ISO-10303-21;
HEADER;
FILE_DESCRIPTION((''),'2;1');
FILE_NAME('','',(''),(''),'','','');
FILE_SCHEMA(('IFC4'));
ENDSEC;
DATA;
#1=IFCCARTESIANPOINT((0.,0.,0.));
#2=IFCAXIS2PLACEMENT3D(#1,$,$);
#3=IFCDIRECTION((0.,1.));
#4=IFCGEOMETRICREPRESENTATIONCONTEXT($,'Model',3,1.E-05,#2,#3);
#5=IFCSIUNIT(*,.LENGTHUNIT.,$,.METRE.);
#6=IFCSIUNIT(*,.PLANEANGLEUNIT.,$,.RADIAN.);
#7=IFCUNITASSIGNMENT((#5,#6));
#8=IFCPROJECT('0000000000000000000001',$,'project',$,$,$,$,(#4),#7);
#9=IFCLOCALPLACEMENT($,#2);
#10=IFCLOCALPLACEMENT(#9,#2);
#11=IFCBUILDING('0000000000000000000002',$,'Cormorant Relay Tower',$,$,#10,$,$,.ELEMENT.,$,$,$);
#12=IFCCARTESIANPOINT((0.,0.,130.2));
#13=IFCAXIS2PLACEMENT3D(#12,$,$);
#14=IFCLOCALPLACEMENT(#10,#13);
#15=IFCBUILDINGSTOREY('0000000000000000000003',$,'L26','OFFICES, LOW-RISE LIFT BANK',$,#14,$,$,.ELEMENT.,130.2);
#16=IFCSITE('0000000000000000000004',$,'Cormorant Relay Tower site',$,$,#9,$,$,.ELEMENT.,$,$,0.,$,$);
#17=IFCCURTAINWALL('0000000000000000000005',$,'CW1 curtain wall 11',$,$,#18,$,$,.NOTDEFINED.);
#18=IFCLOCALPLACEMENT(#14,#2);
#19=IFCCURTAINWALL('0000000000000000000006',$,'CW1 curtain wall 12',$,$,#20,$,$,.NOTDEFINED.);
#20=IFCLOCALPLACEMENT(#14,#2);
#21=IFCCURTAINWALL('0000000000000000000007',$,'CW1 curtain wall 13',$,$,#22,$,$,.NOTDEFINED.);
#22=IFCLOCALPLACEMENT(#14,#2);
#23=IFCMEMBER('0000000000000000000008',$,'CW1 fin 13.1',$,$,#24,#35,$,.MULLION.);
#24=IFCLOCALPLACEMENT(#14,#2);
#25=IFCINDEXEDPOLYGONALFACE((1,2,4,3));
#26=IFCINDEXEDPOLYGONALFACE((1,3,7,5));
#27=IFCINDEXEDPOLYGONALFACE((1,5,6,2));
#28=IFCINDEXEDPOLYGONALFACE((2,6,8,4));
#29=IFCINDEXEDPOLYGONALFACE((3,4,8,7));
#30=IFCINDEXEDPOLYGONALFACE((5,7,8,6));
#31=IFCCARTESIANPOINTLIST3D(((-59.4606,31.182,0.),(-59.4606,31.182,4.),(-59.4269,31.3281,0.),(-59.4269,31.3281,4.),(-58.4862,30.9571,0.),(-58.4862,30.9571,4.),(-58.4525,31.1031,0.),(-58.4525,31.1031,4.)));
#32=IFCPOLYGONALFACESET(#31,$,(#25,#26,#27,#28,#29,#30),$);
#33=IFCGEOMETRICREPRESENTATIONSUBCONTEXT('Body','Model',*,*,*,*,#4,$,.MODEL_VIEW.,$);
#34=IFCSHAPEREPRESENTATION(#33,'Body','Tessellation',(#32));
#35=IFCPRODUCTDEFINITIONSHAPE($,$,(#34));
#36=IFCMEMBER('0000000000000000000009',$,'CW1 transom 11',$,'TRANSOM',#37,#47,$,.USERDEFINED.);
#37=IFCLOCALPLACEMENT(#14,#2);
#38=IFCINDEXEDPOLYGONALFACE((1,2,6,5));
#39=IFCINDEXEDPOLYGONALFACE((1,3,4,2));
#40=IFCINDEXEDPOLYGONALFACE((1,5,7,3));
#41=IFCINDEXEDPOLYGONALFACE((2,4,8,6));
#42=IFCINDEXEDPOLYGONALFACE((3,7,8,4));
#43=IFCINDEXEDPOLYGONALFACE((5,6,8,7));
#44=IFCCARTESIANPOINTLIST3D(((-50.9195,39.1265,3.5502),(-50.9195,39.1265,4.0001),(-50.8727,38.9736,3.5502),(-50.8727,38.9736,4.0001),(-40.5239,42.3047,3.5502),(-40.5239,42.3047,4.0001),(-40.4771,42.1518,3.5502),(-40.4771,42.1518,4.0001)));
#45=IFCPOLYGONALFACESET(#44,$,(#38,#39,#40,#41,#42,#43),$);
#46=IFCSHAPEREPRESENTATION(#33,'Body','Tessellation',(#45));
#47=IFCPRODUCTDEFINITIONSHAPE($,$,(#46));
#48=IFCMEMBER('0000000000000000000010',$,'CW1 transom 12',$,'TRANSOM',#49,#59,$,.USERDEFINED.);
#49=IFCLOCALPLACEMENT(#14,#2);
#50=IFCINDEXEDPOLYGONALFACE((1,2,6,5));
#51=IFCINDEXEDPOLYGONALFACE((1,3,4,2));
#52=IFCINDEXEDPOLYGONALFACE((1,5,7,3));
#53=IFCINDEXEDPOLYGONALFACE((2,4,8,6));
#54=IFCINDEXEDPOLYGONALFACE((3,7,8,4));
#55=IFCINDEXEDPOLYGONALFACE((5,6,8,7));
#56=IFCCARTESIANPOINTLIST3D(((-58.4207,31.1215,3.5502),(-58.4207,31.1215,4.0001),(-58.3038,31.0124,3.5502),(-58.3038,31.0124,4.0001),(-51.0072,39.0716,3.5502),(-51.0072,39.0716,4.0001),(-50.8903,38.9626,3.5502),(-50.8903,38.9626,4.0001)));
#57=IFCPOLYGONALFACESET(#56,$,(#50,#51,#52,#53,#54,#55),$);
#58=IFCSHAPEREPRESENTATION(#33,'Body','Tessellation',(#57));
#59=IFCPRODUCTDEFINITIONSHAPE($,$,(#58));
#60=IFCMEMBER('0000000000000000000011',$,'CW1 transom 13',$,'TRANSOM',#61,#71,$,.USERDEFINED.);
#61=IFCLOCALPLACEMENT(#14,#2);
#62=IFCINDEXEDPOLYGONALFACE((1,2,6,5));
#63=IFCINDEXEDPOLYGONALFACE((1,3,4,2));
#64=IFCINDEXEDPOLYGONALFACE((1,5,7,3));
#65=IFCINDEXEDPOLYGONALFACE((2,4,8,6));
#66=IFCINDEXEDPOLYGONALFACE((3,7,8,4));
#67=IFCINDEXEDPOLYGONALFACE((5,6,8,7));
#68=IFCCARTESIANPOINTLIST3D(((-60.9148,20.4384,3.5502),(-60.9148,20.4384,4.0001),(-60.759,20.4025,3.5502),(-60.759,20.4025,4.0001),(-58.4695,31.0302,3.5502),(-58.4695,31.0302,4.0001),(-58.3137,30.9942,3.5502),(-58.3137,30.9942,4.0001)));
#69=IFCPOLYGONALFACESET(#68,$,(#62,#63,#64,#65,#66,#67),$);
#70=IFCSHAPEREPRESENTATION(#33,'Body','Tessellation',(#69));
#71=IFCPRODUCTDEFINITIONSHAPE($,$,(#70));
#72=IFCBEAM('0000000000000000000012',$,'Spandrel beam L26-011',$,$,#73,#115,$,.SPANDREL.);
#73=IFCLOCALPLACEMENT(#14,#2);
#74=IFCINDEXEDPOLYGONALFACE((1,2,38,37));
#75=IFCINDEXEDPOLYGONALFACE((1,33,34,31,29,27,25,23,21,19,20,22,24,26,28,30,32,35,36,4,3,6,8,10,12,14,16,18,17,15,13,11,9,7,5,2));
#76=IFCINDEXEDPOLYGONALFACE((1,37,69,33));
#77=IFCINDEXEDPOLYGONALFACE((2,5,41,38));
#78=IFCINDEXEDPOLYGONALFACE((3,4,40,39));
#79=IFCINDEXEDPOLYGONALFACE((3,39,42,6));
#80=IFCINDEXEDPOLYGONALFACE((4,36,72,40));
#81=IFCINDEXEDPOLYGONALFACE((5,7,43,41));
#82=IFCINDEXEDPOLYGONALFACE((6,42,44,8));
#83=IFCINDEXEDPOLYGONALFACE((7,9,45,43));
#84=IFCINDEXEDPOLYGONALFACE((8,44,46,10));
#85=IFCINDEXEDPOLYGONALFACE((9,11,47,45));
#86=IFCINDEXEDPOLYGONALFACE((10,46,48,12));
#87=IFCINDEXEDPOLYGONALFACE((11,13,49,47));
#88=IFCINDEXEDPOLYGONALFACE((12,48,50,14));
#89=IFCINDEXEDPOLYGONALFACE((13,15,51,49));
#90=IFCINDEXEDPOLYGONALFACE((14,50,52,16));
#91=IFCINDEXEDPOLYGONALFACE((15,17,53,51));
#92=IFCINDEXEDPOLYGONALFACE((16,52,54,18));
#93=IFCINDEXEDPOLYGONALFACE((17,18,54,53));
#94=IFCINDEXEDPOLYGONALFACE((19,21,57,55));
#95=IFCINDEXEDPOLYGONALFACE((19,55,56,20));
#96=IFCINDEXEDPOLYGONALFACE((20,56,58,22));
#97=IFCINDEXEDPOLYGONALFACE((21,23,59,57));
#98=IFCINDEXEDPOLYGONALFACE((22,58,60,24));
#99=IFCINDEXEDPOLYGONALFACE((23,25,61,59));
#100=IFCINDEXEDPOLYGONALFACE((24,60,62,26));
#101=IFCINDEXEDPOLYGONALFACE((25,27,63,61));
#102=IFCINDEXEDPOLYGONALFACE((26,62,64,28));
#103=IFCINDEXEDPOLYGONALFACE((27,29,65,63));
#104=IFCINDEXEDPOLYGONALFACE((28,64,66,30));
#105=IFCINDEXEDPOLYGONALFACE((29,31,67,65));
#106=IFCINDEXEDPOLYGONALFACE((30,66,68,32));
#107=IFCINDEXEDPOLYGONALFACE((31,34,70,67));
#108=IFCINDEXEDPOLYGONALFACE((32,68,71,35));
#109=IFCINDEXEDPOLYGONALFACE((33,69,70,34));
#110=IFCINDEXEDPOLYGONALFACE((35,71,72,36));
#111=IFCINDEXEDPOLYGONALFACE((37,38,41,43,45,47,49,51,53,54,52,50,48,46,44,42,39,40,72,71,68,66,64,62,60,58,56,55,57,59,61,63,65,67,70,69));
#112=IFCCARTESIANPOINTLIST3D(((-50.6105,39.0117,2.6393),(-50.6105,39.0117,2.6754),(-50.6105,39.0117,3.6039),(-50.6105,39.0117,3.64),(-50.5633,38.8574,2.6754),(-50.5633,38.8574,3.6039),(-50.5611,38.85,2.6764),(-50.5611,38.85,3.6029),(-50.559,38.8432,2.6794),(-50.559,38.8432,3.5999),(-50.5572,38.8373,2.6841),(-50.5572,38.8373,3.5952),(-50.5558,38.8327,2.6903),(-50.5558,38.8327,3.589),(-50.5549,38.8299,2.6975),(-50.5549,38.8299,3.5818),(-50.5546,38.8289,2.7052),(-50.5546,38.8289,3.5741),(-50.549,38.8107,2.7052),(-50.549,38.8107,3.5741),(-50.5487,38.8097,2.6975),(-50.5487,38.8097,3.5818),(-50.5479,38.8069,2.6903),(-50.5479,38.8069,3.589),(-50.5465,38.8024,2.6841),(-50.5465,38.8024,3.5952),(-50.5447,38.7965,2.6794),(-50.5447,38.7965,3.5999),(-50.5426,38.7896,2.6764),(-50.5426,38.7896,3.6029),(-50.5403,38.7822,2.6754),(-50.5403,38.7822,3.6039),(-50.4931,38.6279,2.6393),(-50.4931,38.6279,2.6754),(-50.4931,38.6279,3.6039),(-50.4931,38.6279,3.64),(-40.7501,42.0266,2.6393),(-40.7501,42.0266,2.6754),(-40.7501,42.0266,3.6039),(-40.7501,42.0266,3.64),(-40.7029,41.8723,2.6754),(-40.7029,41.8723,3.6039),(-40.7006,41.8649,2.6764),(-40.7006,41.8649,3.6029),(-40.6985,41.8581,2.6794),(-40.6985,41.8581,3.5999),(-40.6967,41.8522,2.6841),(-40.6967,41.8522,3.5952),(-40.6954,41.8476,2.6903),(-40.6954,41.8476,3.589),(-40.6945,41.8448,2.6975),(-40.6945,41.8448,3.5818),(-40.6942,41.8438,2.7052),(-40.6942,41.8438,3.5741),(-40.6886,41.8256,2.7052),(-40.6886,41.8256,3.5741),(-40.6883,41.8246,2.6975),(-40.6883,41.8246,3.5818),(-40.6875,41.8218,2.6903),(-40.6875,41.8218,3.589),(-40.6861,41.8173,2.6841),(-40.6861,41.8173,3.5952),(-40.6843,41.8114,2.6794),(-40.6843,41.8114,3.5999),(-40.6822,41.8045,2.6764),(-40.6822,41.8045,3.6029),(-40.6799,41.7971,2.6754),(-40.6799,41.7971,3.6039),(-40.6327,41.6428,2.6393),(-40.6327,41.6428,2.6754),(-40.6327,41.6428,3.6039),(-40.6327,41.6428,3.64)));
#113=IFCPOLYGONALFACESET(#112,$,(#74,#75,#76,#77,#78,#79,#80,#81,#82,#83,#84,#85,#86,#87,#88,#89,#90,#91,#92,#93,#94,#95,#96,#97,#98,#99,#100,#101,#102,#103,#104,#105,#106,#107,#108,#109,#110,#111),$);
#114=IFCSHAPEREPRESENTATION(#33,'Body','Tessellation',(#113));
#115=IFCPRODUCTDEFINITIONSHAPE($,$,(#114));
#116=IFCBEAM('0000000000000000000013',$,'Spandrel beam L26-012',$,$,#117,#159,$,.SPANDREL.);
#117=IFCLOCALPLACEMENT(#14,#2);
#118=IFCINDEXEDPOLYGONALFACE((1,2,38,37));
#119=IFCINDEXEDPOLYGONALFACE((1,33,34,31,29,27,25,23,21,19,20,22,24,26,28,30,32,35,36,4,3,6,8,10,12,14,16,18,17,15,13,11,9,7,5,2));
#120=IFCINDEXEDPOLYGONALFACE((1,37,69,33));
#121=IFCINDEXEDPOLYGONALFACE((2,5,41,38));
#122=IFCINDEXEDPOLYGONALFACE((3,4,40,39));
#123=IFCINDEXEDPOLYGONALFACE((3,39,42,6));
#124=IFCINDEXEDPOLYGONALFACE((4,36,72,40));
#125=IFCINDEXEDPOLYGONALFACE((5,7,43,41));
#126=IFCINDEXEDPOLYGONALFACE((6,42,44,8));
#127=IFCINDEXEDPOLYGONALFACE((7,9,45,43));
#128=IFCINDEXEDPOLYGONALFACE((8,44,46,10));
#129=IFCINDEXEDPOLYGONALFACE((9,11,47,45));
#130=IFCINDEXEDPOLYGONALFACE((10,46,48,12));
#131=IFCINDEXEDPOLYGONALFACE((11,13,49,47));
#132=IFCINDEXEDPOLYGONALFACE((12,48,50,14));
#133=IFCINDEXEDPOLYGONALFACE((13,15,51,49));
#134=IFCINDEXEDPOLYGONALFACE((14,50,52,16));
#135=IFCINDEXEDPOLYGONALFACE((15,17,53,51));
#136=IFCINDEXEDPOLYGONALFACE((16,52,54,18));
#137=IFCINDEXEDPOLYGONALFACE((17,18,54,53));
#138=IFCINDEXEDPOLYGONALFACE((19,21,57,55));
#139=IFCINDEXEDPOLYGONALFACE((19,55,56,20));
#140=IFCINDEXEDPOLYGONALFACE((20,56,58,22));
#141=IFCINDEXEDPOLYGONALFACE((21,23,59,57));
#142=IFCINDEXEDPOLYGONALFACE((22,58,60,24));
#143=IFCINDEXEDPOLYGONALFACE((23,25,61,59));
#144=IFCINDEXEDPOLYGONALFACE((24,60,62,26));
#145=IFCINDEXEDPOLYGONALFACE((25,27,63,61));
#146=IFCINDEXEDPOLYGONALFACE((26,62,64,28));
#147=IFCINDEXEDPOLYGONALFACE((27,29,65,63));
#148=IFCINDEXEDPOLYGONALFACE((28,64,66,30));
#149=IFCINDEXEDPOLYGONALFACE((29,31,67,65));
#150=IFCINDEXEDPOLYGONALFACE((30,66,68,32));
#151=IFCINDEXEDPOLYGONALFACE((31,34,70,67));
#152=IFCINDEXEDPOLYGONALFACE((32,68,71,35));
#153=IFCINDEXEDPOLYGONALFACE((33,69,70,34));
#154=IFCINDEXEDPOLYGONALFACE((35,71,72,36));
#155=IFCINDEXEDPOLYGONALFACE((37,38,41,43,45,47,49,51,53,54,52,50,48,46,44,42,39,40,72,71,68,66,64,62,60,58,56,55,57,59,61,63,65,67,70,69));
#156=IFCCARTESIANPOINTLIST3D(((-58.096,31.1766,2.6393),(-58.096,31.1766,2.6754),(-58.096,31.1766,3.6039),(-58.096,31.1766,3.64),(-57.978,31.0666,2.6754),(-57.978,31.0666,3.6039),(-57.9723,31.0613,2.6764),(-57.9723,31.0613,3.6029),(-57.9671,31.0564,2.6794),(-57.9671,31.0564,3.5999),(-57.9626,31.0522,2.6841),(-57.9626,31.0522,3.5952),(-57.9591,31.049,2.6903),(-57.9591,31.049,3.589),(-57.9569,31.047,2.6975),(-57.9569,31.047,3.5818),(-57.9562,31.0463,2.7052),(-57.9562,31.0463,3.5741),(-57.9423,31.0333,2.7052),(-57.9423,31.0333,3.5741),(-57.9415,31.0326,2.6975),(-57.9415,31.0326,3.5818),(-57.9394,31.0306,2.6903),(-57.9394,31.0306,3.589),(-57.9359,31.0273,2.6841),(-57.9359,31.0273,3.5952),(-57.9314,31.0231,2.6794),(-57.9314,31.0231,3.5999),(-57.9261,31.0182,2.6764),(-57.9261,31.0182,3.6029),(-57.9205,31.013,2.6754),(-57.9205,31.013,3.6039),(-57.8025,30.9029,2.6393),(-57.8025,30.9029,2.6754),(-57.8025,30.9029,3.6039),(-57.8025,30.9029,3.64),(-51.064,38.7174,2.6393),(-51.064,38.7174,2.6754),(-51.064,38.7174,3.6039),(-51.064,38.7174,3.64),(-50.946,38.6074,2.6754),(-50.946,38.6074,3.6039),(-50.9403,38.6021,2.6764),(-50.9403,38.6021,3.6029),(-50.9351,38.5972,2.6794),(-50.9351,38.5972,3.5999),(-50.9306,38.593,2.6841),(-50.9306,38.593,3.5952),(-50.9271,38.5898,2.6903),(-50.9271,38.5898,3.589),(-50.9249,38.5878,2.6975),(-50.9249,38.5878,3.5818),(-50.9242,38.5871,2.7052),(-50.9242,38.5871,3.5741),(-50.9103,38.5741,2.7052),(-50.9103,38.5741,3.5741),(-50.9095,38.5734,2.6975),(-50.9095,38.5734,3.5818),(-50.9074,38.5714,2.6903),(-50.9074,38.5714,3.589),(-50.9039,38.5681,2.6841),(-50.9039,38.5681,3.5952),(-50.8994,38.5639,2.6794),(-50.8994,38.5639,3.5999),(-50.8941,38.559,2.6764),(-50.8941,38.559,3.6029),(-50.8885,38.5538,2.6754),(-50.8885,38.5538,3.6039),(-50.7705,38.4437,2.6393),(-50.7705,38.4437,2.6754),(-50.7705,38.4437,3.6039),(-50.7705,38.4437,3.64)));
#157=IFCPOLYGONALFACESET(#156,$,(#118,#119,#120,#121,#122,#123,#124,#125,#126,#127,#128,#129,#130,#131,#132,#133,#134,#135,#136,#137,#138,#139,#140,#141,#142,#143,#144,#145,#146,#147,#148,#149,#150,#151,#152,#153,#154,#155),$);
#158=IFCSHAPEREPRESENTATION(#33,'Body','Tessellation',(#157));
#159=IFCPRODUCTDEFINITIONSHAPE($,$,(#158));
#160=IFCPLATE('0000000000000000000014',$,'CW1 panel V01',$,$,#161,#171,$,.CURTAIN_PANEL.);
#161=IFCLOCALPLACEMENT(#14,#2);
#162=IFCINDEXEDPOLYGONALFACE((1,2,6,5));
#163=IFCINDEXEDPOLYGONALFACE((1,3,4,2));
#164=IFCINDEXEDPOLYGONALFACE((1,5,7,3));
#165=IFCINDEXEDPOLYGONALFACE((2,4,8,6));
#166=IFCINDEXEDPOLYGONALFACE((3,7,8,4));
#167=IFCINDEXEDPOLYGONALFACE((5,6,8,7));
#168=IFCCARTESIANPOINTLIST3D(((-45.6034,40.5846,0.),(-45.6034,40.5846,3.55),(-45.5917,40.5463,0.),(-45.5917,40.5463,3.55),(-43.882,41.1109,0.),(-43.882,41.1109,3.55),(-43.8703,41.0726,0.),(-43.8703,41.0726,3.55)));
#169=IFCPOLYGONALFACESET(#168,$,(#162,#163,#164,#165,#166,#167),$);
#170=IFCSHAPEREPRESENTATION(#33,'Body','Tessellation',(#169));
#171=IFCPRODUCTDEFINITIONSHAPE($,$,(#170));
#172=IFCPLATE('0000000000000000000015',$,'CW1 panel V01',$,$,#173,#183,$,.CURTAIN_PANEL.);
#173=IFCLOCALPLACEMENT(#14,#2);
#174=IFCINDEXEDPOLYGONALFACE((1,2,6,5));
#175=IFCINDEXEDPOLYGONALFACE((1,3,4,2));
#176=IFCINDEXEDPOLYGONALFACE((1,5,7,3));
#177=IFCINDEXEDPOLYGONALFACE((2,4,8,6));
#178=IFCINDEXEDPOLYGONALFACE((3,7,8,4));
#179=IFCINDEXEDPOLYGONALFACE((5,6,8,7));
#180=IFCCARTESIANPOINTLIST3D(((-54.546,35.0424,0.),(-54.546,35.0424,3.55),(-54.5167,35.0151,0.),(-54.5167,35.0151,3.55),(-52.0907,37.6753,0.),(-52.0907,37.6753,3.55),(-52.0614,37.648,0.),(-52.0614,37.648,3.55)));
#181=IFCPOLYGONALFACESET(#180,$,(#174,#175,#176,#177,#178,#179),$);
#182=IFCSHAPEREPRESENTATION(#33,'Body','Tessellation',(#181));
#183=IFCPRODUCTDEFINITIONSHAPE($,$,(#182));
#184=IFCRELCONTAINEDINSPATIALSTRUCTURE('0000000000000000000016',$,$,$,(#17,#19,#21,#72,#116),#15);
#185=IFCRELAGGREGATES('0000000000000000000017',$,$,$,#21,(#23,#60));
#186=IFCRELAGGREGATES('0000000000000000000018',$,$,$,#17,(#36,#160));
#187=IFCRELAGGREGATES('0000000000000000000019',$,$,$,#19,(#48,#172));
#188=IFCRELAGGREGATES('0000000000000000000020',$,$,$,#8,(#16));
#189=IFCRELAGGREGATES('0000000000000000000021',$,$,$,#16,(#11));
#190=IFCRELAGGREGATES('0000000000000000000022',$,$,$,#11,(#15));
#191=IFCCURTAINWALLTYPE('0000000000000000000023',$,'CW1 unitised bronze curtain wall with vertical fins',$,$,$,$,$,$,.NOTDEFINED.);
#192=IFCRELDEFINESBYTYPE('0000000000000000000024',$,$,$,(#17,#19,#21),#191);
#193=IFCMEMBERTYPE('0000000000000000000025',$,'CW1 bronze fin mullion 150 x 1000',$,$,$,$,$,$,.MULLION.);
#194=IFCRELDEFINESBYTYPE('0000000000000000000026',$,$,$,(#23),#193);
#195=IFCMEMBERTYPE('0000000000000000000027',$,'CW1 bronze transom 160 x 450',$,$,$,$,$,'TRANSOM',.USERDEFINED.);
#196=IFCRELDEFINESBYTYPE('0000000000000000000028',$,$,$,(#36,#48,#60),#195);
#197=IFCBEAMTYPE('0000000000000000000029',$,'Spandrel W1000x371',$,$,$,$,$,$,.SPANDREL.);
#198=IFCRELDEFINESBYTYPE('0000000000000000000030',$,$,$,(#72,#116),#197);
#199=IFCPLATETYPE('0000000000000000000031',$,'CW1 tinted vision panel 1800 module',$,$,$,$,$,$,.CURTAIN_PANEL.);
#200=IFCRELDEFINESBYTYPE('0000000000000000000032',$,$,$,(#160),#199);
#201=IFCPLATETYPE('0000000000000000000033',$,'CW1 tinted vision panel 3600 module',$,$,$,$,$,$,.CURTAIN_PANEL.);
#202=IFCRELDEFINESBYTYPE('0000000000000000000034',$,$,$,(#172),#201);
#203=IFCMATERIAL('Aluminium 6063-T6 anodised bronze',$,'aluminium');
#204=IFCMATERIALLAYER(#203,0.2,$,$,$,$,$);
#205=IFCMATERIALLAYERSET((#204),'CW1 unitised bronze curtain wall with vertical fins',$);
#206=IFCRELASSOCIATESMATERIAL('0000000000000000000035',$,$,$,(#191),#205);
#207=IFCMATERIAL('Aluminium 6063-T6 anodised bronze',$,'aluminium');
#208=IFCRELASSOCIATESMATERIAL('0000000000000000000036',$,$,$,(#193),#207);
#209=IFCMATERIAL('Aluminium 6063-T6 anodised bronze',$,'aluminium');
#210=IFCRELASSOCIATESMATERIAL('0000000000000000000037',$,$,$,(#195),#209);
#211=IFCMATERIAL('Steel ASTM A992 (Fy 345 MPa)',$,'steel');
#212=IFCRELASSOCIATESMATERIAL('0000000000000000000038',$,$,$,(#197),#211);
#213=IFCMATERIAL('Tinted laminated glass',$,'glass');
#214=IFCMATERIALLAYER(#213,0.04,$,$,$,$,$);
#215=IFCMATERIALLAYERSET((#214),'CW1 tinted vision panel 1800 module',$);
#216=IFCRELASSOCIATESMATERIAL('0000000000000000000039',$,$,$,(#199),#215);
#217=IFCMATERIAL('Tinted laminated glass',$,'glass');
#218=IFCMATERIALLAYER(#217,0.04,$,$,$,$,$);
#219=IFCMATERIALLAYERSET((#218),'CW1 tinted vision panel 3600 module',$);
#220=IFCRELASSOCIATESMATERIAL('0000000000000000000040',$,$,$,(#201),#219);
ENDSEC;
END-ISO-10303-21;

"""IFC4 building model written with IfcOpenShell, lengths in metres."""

from ifc_helpers import new_model, si_unit, direction, frame, origin, origin_2d, place, context, subcontext, project, spatial, rectangle, i_section, extrude, material, layer, layer_set, material_profile, profile_set, type_object, element, aggregate, save


model = new_model("IFC4")

# Units and contexts
model_context = context("Model", 3, precision=1e-05, world=origin(), true_north=direction((0.0, 1.0)))
body_context = subcontext(model_context, "Body", "Model", "MODEL_VIEW")
ifc_project = project(units=[si_unit("LENGTHUNIT", "METRE"), si_unit("PLANEANGLEUNIT", "RADIAN")], contexts=[model_context])

# Site, building, storey
site_placement = place(None, origin())
site = spatial("IfcSite", under=ifc_project, at=site_placement, Name="Cormorant Relay Tower site", CompositionType="ELEMENT", RefElevation=0.0)
building_placement = place(site_placement, origin())
building = spatial("IfcBuilding", under=site, at=building_placement, Name="Cormorant Relay Tower", CompositionType="ELEMENT")
storey_placement = place(building_placement, frame((0.0, 0.0, 130.2)))
storey = spatial("IfcBuildingStorey", under=building, at=storey_placement, Name="L26", Description="OFFICES, LOW-RISE LIFT BANK", CompositionType="ELEMENT", Elevation=130.2)

# Curtain walls
ifc_material_1 = material(Name="Aluminium 6063-T6 anodised bronze", Category="aluminium")
ifc_layer_1 = layer(ifc_material_1, 0.2)
ifc_layer_set_1 = layer_set([ifc_layer_1], Name="CW1 unitised bronze curtain wall with vertical fins")
curtain_wall_type = type_object("IfcCurtainWallType", Name="CW1 unitised bronze curtain wall with vertical fins", PredefinedType="NOTDEFINED", material=ifc_layer_set_1)
curtain_wall_1_placement = place(storey_placement, origin())
curtain_wall_1 = element("IfcCurtainWall", 1, at=curtain_wall_1_placement, inside=storey, type_object=curtain_wall_type, Name="CW1 curtain wall 11", PredefinedType="NOTDEFINED")
ifc_material_2 = material(Name="Aluminium 6063-T6 anodised bronze", Category="aluminium")
ifc_material_profile_1 = material_profile(ifc_material_2, rectangle(XDim=0.1499, YDim=1.0, at=origin_2d()), Name="AL 150x1000")
ifc_profile_set_1 = profile_set([ifc_material_profile_1], Name="Aluminium 6063-T6 anodised bronze")
member_type_1 = type_object("IfcMemberType", Name="CW1 bronze fin mullion 150 x 1000", PredefinedType="MULLION", material=ifc_profile_set_1)
curtain_wall_2_placement = place(storey_placement, origin())
curtain_wall_2 = element("IfcCurtainWall", 2, at=curtain_wall_2_placement, inside=storey, type_object=curtain_wall_type, Name="CW1 curtain wall 12", PredefinedType="NOTDEFINED")

# Curtain wall, member
curtain_wall_3_placement = place(storey_placement, origin())
curtain_wall_3 = element("IfcCurtainWall", 3, at=curtain_wall_3_placement, inside=storey, type_object=curtain_wall_type, Name="CW1 curtain wall 13", PredefinedType="NOTDEFINED")
member_1_placement = place(storey_placement, frame((-58.9565, 31.1426, 0.0), z_axis=(0.0, 0.0, 1.0), x_axis=(-0.224951, -0.97437, 0.0)))
member_1 = element("IfcMember", 4, at=member_1_placement, type_object=member_type_1, Name="CW1 fin 13.1", PredefinedType="MULLION", context=body_context, shape_type="SweptSolid", body=[
    extrude(rectangle(XDim=0.1499, YDim=1.0, at=origin_2d()), origin(), (0.0, 0.0, 1.0), 4.0),
])

# Members
ifc_material_3 = material(Name="Aluminium 6063-T6 anodised bronze", Category="aluminium")
ifc_material_profile_2 = material_profile(ifc_material_3, rectangle(XDim=0.1599, YDim=0.45, at=origin_2d()), Name="AL 160x450")
ifc_profile_set_2 = profile_set([ifc_material_profile_2], Name="Aluminium 6063-T6 anodised bronze")
member_type_2 = type_object("IfcMemberType", Name="CW1 bronze transom 160 x 450", ElementType="TRANSOM", PredefinedType="USERDEFINED", material=ifc_profile_set_2)
member_2_placement = place(storey_placement, frame((-40.5005, 42.2283, 3.7751), z_axis=(-0.956305, -0.292371, 0.0), x_axis=(0.292371, -0.956305, 0.0)))
member_2 = element("IfcMember", 5, at=member_2_placement, type_object=member_type_2, Name="CW1 transom 11", ObjectType="TRANSOM", PredefinedType="USERDEFINED", context=body_context, shape_type="SweptSolid", body=[
    extrude(rectangle(XDim=0.1599, YDim=0.45, at=origin_2d()), origin(), (0.0, 0.0, 1.0), 10.8706),
])
member_3_placement = place(storey_placement, frame((-50.9487, 39.0171, 3.7751), z_axis=(-0.681993, -0.731358, 0.0), x_axis=(0.731358, -0.681993, 0.0)))
member_3 = element("IfcMember", 6, at=member_3_placement, type_object=member_type_2, Name="CW1 transom 12", ObjectType="TRANSOM", PredefinedType="USERDEFINED", context=body_context, shape_type="SweptSolid", body=[
    extrude(rectangle(XDim=0.1599, YDim=0.45, at=origin_2d()), origin(), (0.0, 0.0, 1.0), 10.8704),
])
member_4_placement = place(storey_placement, frame((-58.3916, 31.0122, 3.7751), z_axis=(-0.224951, -0.97437, 0.0), x_axis=(0.97437, -0.224951, 0.0)))
member_4 = element("IfcMember", 7, at=member_4_placement, type_object=member_type_2, Name="CW1 transom 13", ObjectType="TRANSOM", PredefinedType="USERDEFINED", context=body_context, shape_type="SweptSolid", body=[
    extrude(rectangle(XDim=0.1599, YDim=0.45, at=origin_2d()), origin(), (0.0, 0.0, 1.0), 10.8704),
])
aggregate(curtain_wall_3, [member_1, member_4])

# Beams
ifc_material_4 = material(Name="Steel ASTM A992 (Fy 345 MPa)", Category="steel")
ifc_material_profile_3 = material_profile(ifc_material_4, i_section(OverallWidth=0.4014, OverallDepth=1.0007, WebThickness=0.019, FlangeThickness=0.0361, FilletRadius=0.0298, at=origin_2d()), Name="W1000x371")
ifc_profile_set_3 = profile_set([ifc_material_profile_3], Name="Steel ASTM A992 (Fy 345 MPa)")
beam_type = type_object("IfcBeamType", Name="Spandrel W1000x371", PredefinedType="SPANDREL", material=ifc_profile_set_3)
beam_1_placement = place(storey_placement, frame((-40.6914, 41.8347, 3.1396), z_axis=(-0.956297, -0.292397, 0.0), x_axis=(0.292397, -0.956297, 0.0)))
element("IfcBeam", 8, at=beam_1_placement, inside=storey, type_object=beam_type, Name="Spandrel beam L26-011", PredefinedType="SPANDREL", context=body_context, shape_type="SweptSolid", body=[
    extrude(i_section(OverallWidth=0.4014, OverallDepth=1.0007, WebThickness=0.019, FlangeThickness=0.0361, FilletRadius=0.0298, at=origin_2d()), origin(), (0.0, 0.0, 1.0), 10.311),
])
beam_2_placement = place(storey_placement, frame((-50.9172, 38.5806, 3.1396), z_axis=(-0.682004, -0.731349, 0.0), x_axis=(0.731349, -0.682004, 0.0)))
element("IfcBeam", 9, at=beam_2_placement, inside=storey, type_object=beam_type, Name="Spandrel beam L26-012", PredefinedType="SPANDREL", context=body_context, shape_type="SweptSolid", body=[
    extrude(i_section(OverallWidth=0.4014, OverallDepth=1.0007, WebThickness=0.019, FlangeThickness=0.0361, FilletRadius=0.0298, at=origin_2d()), origin(), (0.0, 0.0, 1.0), 10.3108),
])

# Plates
ifc_material_5 = material(Name="Tinted laminated glass", Category="glass")
ifc_layer_2 = layer(ifc_material_5, 0.04)
ifc_layer_set_2 = layer_set([ifc_layer_2], Name="CW1 tinted vision panel 1800 module")
plate_type_1 = type_object("IfcPlateType", Name="CW1 tinted vision panel 1800 module", PredefinedType="CURTAIN_PANEL", material=ifc_layer_set_2)
plate_1_placement = place(storey_placement, frame((-44.7368, 40.8286, 0.0), z_axis=(0.0, 0.0, 1.0), x_axis=(-0.956305, -0.292372, 0.0)))
plate_1 = element("IfcPlate", 10, at=plate_1_placement, type_object=plate_type_1, Name="CW1 panel V01", PredefinedType="CURTAIN_PANEL", context=body_context, shape_type="SweptSolid", body=[
    extrude(rectangle(XDim=1.8, YDim=0.04, at=origin_2d()), origin(), (0.0, 0.0, 1.0), 3.55),
])
ifc_material_6 = material(Name="Tinted laminated glass", Category="glass")
ifc_layer_3 = layer(ifc_material_6, 0.04)
ifc_layer_set_3 = layer_set([ifc_layer_3], Name="CW1 tinted vision panel 3600 module")
plate_type_2 = type_object("IfcPlateType", Name="CW1 tinted vision panel 3600 module", PredefinedType="CURTAIN_PANEL", material=ifc_layer_set_3)
plate_2_placement = place(storey_placement, frame((-53.3037, 36.3452, 0.0), z_axis=(0.0, 0.0, 1.0), x_axis=(-0.681998, -0.731354, 0.0)))
plate_2 = element("IfcPlate", 11, at=plate_2_placement, type_object=plate_type_2, Name="CW1 panel V01", PredefinedType="CURTAIN_PANEL", context=body_context, shape_type="SweptSolid", body=[
    extrude(rectangle(XDim=3.6001, YDim=0.04, at=origin_2d()), origin(), (0.0, 0.0, 1.0), 3.55),
])

aggregate(curtain_wall_1, [member_2, plate_1])
aggregate(curtain_wall_2, [member_3, plate_2])

save(model, "model.ifc")
